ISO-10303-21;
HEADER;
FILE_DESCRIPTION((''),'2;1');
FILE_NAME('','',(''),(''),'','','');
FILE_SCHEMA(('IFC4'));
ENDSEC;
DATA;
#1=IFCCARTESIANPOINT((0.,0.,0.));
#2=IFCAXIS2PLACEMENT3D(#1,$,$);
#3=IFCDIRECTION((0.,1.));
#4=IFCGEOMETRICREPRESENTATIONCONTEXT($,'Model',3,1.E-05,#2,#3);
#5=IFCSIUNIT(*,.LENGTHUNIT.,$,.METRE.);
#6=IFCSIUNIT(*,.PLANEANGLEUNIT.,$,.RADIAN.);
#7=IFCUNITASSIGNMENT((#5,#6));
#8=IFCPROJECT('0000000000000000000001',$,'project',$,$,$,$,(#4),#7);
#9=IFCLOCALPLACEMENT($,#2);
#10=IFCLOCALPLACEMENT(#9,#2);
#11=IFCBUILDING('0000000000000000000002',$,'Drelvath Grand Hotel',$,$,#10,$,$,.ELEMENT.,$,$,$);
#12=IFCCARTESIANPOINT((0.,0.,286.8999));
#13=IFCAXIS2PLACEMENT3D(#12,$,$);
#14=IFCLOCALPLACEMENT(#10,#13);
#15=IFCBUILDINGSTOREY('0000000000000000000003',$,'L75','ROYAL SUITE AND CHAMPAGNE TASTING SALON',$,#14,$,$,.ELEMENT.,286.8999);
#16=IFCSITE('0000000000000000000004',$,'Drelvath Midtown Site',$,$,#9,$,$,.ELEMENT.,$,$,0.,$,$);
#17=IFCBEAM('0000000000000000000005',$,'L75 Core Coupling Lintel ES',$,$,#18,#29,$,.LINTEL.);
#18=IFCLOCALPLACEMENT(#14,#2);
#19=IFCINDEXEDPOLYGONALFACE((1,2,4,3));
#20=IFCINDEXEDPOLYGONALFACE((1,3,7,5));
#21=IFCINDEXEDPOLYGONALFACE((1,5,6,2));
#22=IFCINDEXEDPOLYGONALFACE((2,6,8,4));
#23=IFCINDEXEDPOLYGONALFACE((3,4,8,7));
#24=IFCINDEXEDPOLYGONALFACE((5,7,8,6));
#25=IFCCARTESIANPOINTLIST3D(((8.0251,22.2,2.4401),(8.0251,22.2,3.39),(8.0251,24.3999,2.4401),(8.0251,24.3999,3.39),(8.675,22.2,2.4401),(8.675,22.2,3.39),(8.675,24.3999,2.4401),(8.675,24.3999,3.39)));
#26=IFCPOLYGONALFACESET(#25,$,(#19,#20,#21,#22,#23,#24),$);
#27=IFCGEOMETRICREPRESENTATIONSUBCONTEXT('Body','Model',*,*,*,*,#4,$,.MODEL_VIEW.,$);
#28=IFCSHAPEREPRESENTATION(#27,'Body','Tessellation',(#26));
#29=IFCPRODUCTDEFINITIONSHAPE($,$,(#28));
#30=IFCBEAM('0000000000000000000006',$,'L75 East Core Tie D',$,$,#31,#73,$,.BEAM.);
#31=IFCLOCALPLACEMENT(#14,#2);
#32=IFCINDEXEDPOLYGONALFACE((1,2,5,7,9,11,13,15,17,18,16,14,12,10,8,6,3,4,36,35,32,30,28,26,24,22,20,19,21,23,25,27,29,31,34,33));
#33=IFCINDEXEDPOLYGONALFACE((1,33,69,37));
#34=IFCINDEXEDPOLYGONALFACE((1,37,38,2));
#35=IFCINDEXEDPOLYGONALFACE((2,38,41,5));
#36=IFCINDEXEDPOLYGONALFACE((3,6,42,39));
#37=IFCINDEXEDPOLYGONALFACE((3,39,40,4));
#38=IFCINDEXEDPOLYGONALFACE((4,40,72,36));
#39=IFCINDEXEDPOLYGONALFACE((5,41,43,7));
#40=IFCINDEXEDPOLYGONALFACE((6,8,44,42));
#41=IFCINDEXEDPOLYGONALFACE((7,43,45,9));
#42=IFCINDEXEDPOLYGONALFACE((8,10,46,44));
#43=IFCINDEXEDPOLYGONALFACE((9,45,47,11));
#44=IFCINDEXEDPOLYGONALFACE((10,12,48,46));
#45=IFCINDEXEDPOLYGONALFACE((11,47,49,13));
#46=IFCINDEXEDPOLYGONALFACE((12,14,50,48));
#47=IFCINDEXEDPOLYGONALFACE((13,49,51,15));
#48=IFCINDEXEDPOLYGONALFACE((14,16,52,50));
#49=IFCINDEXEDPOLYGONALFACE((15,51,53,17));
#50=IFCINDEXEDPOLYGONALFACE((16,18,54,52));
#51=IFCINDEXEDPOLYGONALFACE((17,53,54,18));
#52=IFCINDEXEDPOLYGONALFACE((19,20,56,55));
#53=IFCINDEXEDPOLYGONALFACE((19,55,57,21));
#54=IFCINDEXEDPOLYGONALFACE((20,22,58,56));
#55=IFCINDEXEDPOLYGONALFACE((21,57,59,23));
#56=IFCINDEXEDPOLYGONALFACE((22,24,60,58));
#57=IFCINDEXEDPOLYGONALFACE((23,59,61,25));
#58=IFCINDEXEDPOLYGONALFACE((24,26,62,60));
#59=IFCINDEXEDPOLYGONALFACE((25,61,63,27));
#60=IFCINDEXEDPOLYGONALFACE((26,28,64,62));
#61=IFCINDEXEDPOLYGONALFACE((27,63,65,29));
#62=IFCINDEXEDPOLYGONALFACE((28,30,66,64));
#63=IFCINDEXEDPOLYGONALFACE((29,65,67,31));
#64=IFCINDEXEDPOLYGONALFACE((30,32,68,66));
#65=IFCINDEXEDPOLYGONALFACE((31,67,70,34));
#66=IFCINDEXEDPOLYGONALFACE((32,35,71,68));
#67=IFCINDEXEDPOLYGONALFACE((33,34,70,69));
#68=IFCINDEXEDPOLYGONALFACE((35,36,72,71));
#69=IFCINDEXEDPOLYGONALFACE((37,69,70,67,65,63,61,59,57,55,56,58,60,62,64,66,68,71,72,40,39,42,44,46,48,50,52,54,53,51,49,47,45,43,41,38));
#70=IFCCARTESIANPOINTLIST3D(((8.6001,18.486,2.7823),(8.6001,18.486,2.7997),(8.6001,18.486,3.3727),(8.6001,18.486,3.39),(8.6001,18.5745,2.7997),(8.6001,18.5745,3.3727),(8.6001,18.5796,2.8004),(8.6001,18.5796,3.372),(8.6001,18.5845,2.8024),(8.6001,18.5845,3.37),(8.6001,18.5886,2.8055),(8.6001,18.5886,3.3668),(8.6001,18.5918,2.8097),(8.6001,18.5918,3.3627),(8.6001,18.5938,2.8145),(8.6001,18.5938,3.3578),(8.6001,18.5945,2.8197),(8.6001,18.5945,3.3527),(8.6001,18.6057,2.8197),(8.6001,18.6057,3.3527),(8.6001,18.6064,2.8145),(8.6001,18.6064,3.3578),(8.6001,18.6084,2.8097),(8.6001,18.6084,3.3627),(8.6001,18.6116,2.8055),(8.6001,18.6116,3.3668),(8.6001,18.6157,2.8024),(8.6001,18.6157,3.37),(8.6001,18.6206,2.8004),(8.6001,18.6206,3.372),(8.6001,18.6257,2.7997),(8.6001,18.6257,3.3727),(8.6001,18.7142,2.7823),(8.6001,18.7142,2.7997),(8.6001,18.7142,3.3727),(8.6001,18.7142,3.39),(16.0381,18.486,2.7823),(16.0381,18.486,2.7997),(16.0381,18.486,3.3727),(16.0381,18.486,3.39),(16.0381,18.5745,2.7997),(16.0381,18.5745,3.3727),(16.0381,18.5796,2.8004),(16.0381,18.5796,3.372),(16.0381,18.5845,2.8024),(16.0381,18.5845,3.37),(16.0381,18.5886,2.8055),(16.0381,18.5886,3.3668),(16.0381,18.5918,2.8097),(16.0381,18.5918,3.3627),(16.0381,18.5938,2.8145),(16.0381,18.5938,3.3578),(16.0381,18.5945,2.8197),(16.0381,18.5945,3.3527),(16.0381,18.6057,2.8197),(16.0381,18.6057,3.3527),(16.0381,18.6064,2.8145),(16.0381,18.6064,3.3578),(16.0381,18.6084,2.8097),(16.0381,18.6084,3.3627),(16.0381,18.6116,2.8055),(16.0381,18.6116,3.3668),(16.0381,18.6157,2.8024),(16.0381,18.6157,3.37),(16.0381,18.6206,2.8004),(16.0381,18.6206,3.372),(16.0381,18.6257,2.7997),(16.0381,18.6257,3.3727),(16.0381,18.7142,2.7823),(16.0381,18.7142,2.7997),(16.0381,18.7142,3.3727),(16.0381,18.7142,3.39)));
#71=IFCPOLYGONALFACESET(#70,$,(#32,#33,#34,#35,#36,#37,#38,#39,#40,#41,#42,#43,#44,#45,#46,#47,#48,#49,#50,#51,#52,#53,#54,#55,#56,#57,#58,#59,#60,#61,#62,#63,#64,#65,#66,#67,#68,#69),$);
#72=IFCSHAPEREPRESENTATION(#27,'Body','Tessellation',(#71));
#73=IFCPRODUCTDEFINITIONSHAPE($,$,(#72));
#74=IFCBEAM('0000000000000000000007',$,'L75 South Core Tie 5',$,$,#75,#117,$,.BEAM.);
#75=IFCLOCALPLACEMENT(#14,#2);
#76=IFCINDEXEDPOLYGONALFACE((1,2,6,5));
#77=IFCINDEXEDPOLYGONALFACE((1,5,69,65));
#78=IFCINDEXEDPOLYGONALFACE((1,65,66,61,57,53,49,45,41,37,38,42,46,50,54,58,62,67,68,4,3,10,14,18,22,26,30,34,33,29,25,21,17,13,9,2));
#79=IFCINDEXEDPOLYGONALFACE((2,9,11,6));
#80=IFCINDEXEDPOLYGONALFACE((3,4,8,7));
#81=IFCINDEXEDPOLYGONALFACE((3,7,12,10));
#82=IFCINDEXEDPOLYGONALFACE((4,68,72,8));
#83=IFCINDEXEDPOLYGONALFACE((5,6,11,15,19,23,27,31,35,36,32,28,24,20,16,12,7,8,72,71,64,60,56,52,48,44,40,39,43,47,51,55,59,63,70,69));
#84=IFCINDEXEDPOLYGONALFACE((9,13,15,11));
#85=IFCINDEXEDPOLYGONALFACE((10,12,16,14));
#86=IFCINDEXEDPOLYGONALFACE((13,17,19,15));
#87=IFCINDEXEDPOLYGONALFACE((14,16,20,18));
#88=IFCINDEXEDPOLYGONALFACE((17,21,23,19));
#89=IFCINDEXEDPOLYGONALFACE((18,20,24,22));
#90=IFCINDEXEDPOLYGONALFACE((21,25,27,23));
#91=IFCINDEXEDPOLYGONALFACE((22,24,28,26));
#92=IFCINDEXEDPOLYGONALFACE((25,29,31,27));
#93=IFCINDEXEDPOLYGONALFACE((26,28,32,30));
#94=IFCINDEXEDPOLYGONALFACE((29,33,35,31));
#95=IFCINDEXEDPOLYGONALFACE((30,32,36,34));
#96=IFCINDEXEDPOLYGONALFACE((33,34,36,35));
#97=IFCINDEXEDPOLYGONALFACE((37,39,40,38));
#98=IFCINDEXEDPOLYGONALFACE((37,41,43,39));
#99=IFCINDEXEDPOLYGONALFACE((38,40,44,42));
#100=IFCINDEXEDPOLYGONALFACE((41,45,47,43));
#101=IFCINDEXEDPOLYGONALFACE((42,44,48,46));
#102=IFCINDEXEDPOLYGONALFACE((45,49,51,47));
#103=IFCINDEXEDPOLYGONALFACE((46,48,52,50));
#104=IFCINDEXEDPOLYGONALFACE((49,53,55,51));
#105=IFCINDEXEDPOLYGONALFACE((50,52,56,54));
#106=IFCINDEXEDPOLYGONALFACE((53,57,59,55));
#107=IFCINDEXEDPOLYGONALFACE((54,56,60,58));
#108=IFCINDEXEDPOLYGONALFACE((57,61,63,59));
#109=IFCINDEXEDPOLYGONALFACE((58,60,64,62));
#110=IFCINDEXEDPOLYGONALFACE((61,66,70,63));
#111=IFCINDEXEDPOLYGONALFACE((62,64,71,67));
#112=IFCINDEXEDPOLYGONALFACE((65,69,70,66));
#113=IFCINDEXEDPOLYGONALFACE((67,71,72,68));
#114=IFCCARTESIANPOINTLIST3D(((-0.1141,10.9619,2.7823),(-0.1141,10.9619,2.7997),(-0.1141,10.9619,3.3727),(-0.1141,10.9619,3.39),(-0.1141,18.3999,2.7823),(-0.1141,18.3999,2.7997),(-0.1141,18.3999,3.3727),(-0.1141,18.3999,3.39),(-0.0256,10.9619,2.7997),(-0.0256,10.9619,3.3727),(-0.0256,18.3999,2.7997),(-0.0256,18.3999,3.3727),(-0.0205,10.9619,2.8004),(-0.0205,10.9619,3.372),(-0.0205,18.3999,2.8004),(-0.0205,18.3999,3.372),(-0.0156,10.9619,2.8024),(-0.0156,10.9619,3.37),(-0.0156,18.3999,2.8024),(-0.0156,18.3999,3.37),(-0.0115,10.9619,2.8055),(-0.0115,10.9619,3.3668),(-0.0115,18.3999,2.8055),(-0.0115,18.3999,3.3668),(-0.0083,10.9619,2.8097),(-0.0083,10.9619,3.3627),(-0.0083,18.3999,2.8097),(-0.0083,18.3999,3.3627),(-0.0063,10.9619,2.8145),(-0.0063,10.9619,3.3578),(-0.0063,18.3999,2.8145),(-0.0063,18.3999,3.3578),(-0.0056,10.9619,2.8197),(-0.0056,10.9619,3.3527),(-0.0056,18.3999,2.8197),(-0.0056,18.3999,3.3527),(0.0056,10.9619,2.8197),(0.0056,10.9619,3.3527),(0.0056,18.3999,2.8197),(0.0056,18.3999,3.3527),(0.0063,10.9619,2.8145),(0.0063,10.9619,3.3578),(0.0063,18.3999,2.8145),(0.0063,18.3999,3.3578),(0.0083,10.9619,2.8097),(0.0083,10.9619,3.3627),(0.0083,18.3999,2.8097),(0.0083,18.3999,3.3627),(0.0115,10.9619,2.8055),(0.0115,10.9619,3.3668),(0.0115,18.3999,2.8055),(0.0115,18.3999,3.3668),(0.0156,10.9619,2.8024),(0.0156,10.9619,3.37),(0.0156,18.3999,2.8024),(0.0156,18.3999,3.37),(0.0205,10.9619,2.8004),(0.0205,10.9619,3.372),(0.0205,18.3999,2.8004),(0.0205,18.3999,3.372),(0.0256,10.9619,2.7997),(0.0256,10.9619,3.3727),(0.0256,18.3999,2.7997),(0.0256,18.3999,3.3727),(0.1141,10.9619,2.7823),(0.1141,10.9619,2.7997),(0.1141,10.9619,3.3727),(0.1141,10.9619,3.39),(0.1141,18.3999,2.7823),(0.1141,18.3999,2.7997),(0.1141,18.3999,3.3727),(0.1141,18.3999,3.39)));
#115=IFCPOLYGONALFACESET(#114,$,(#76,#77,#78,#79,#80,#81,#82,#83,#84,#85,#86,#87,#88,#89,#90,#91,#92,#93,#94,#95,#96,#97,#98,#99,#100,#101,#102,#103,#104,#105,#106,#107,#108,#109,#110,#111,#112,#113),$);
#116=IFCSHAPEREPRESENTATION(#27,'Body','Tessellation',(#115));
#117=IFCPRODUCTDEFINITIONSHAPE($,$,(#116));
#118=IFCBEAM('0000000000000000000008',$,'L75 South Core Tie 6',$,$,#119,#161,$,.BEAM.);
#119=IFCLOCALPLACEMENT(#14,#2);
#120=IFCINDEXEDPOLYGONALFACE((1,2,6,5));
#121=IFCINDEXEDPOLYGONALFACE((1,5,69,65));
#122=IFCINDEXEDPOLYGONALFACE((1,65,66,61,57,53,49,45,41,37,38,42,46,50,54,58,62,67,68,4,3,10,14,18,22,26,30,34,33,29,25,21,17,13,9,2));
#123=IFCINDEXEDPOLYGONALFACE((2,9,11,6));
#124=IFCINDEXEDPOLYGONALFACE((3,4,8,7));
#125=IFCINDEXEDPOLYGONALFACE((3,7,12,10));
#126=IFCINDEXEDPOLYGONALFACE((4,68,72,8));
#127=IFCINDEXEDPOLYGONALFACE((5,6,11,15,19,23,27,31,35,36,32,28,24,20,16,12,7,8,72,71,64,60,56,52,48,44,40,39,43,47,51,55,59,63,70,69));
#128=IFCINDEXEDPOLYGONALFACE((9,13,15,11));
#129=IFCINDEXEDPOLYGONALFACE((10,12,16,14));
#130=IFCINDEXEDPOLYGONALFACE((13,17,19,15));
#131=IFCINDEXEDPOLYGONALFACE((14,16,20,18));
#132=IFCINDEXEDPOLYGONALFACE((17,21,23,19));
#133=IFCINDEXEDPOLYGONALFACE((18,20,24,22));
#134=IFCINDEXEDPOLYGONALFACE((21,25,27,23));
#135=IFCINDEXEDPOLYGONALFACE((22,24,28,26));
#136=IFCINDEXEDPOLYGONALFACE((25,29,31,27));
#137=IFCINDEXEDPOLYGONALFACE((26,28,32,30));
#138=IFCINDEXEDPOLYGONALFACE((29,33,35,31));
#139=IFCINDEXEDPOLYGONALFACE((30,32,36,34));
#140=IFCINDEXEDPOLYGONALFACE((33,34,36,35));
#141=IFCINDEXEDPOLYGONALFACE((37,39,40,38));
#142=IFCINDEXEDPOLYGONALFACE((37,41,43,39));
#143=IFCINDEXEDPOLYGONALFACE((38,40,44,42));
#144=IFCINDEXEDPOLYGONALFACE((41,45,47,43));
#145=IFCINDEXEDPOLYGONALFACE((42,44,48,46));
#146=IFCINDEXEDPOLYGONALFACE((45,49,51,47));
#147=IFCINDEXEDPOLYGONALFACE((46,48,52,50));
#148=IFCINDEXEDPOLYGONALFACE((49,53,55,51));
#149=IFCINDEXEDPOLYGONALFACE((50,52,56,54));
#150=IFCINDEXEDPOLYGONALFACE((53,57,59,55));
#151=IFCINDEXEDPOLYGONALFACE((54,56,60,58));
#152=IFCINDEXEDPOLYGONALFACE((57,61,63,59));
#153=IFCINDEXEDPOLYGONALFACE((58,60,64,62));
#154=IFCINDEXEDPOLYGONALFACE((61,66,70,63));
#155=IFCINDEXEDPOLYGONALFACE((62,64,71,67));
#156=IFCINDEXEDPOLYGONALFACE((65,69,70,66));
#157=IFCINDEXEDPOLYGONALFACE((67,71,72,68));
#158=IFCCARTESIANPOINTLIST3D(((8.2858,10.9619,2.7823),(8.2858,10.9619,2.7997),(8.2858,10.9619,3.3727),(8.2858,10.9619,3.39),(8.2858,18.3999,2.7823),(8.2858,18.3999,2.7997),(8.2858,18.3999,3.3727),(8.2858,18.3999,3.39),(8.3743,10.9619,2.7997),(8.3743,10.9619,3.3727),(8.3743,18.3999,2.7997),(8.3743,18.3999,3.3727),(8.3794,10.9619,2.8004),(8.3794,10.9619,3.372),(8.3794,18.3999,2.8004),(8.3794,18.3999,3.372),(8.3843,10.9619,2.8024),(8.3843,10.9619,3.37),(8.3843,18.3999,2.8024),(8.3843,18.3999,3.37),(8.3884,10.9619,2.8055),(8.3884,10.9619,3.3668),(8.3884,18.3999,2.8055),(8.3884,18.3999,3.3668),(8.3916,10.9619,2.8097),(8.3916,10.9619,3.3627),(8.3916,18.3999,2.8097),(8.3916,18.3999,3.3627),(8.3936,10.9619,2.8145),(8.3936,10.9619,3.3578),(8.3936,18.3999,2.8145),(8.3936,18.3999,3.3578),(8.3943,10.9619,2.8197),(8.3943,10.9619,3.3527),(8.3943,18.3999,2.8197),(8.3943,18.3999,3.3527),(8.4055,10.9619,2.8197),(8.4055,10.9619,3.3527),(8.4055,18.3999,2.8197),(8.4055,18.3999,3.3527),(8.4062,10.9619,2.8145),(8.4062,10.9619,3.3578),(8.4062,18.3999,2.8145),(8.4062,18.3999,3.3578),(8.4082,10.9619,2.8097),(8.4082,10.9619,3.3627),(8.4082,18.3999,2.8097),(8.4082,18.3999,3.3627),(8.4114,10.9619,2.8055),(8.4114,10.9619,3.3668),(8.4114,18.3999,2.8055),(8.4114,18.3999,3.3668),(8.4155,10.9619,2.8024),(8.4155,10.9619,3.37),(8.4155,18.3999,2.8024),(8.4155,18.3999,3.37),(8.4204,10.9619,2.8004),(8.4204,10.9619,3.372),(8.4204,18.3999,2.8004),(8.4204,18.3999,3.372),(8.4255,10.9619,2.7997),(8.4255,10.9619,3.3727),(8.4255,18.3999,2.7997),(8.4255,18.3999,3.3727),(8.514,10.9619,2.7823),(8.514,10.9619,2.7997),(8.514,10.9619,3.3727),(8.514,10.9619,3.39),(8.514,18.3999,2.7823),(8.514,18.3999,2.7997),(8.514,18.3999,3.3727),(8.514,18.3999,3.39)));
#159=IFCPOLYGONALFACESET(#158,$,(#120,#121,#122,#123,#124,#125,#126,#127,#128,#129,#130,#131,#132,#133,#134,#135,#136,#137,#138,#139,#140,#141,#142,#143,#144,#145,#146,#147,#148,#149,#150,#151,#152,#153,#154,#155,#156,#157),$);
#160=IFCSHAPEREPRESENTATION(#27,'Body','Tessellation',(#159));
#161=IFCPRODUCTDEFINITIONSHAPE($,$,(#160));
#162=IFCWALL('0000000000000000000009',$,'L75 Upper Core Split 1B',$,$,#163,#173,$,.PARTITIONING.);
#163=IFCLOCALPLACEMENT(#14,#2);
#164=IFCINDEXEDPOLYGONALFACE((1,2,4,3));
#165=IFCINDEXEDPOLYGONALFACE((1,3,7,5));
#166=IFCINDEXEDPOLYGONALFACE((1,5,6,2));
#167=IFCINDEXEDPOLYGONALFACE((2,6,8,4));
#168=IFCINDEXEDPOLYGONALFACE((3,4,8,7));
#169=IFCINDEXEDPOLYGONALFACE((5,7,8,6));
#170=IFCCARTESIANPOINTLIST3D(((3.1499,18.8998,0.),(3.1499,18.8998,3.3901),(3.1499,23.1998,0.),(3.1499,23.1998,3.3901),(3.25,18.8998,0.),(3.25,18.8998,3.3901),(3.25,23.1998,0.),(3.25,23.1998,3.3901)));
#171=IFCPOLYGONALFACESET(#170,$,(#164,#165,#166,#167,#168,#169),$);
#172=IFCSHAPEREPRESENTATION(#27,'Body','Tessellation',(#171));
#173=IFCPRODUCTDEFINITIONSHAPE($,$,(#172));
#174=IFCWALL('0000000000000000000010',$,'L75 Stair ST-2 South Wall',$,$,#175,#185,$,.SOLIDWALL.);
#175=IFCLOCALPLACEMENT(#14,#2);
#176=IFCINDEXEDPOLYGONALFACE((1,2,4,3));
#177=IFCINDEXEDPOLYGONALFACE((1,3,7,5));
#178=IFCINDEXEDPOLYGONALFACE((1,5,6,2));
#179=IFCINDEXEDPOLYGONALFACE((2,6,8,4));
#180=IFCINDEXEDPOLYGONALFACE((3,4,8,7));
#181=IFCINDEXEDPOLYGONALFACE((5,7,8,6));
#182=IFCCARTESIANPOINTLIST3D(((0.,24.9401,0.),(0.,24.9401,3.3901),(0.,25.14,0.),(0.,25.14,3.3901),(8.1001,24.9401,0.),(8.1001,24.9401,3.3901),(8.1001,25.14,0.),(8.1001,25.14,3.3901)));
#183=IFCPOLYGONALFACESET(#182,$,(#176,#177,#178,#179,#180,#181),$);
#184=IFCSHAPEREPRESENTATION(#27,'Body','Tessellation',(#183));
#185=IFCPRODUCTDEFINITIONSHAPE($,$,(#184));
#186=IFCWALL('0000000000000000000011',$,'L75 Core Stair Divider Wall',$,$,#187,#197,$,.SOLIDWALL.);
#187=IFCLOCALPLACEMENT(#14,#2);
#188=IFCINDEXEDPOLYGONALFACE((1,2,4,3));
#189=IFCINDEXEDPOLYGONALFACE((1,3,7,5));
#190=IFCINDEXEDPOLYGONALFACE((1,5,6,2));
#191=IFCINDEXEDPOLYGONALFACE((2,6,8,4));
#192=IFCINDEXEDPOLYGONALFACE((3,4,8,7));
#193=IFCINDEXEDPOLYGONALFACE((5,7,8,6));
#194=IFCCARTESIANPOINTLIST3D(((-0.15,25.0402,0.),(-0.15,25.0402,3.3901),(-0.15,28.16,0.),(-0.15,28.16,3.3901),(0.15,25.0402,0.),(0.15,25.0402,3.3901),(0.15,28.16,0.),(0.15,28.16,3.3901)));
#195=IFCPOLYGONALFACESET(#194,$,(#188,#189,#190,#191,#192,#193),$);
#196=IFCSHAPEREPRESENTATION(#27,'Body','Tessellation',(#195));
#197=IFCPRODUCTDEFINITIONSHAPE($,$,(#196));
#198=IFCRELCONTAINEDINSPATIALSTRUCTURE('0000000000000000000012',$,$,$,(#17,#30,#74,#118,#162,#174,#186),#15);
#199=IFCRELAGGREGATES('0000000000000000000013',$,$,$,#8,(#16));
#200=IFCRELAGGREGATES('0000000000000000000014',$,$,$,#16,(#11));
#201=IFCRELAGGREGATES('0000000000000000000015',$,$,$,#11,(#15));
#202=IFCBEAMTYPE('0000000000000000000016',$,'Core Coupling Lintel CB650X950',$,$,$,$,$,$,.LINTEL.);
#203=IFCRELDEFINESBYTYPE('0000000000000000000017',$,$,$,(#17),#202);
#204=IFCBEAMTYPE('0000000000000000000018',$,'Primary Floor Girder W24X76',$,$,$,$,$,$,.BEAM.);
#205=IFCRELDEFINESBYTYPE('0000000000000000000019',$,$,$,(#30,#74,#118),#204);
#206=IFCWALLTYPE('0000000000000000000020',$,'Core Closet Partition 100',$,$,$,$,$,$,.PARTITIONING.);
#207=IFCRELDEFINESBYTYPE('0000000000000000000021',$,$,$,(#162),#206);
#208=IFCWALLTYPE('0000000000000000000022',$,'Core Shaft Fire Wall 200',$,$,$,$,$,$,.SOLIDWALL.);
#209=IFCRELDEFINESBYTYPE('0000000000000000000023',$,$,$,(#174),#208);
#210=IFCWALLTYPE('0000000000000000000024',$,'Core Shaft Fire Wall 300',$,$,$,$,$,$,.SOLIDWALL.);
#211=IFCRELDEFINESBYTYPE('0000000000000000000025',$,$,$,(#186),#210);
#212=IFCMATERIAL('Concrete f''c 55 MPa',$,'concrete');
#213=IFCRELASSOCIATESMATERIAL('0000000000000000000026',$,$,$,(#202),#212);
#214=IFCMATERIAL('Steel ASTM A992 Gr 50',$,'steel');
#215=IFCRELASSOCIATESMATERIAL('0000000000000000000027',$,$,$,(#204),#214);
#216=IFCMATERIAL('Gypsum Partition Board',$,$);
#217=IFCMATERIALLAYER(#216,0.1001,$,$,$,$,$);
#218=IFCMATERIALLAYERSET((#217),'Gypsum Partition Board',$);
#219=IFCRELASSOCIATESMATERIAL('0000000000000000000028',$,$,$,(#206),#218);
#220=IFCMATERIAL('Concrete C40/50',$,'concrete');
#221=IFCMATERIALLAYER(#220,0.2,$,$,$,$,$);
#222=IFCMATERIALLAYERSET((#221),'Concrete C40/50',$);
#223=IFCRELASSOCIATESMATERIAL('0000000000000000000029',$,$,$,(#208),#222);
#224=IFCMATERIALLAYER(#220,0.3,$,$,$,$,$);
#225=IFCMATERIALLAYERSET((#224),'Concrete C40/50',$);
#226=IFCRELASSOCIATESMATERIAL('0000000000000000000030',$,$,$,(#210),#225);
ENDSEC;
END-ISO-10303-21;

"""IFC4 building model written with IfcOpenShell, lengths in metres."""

from ifc_helpers import new_model, si_unit, direction, frame, frame_2d, origin, origin_2d, place, context, subcontext, project, spatial, rectangle, i_section, extrude, material, layer, layer_set, material_profile, profile_set, type_object, element, save


model = new_model("IFC4")

# Units and contexts
model_context = context("Model", 3, precision=1e-05, world=origin(), true_north=direction((0.0, 1.0)))
body_context = subcontext(model_context, "Body", "Model", "MODEL_VIEW")
ifc_project = project(units=[si_unit("LENGTHUNIT", "METRE"), si_unit("PLANEANGLEUNIT", "RADIAN")], contexts=[model_context])

# Site, building, storey
site_placement = place(None, origin())
site = spatial("IfcSite", under=ifc_project, at=site_placement, Name="Drelvath Midtown Site", CompositionType="ELEMENT", RefElevation=0.0)
building_placement = place(site_placement, origin())
building = spatial("IfcBuilding", under=site, at=building_placement, Name="Drelvath Grand Hotel", CompositionType="ELEMENT")
storey_placement = place(building_placement, frame((0.0, 0.0, 286.8999)))
storey = spatial("IfcBuildingStorey", under=building, at=storey_placement, Name="L75", Description="ROYAL SUITE AND CHAMPAGNE TASTING SALON", CompositionType="ELEMENT", Elevation=286.8999)

# Beams
ifc_material_1 = material(Name="Concrete f'c 55 MPa", Category="concrete")
ifc_material_profile_1 = material_profile(ifc_material_1, rectangle(XDim=0.6499, YDim=0.95, at=origin_2d()), Name="CB650X950")
ifc_profile_set_1 = profile_set([ifc_material_profile_1], Name="Concrete f'c 55 MPa")
beam_type_1 = type_object("IfcBeamType", Name="Core Coupling Lintel CB650X950", PredefinedType="LINTEL", material=ifc_profile_set_1)
beam_placement = place(storey_placement, frame((8.3501, 22.2, 2.915), z_axis=(0.0, 1.0, 0.0), x_axis=(-1.0, 0.0, 0.0)))
element("IfcBeam", 1, at=beam_placement, inside=storey, type_object=beam_type_1, Name="L75 Core Coupling Lintel ES", PredefinedType="LINTEL", context=body_context, shape_type="SweptSolid", body=[
    extrude(rectangle(XDim=0.6499, YDim=0.95, at=origin_2d()), origin(), (0.0, 0.0, 1.0), 2.2),
])
ifc_material_2 = material(Name="Steel ASTM A992 Gr 50", Category="steel")
ifc_material_profile_2 = material_profile(ifc_material_2, i_section(OverallWidth=0.2283, OverallDepth=0.6077, WebThickness=0.0112, FlangeThickness=0.0173, FilletRadius=0.02, at=origin_2d()), Name="W24X76")
ifc_profile_set_2 = profile_set([ifc_material_profile_2], Name="Steel ASTM A992 Gr 50")
beam_type_2 = type_object("IfcBeamType", Name="Primary Floor Girder W24X76", PredefinedType="BEAM", material=ifc_profile_set_2)
for number, where, z_axis, x_axis, name in (
    (2, (8.6001, 18.6001, 3.0862), (1.0, 0.0, 0.0), (0.0, 1.0, 0.0), "L75 East Core Tie D"),
    (3, (0.0, 10.9619, 3.0862), (0.0, 1.0, 0.0), (-1.0, 0.0, 0.0), "L75 South Core Tie 5"),
    (4, (8.3999, 10.9619, 3.0862), (0.0, 1.0, 0.0), (-1.0, 0.0, 0.0), "L75 South Core Tie 6"),
):
    element("IfcBeam", number, at=place(storey_placement, frame(where, z_axis=z_axis, x_axis=x_axis)), inside=storey, type_object=beam_type_2, Name=name, PredefinedType="BEAM", context=body_context, shape_type="SweptSolid", body=[
        extrude(i_section(OverallWidth=0.2283, OverallDepth=0.6077, WebThickness=0.0112, FlangeThickness=0.0173, FilletRadius=0.02, at=origin_2d()), origin(), (0.0, 0.0, 1.0), 7.438),
    ])

# Walls
ifc_material_3 = material(Name="Gypsum Partition Board")
ifc_layer_1 = layer(ifc_material_3, 0.1001)
ifc_layer_set_1 = layer_set([ifc_layer_1], Name="Gypsum Partition Board")
wall_type_1 = type_object("IfcWallType", Name="Core Closet Partition 100", PredefinedType="PARTITIONING", material=ifc_layer_set_1)
wall_1_placement = place(storey_placement, frame((3.2, 18.8999, 0.0), z_axis=(0.0, 0.0, 1.0), x_axis=(0.0, 1.0, 0.0)))
element("IfcWall", 5, at=wall_1_placement, inside=storey, type_object=wall_type_1, Name="L75 Upper Core Split 1B", PredefinedType="PARTITIONING", context=body_context, shape_type="SweptSolid", body=[
    extrude(rectangle(XDim=4.3, YDim=0.1001, at=frame_2d((2.1499, 0.0))), origin(), (0.0, 0.0, 1.0), 3.3901),
])
ifc_material_4 = material(Name="Concrete C40/50", Category="concrete")
ifc_layer_2 = layer(ifc_material_4, 0.2)
ifc_layer_set_2 = layer_set([ifc_layer_2], Name="Concrete C40/50")
wall_type_2 = type_object("IfcWallType", Name="Core Shaft Fire Wall 200", PredefinedType="SOLIDWALL", material=ifc_layer_set_2)
wall_2_placement = place(storey_placement, frame((0.0, 25.04, 0.0), z_axis=(0.0, 0.0, 1.0), x_axis=(1.0, 0.0, 0.0)))
element("IfcWall", 6, at=wall_2_placement, inside=storey, type_object=wall_type_2, Name="L75 Stair ST-2 South Wall", PredefinedType="SOLIDWALL", context=body_context, shape_type="SweptSolid", body=[
    extrude(rectangle(XDim=8.1001, YDim=0.2, at=frame_2d((4.05, 0.0))), origin(), (0.0, 0.0, 1.0), 3.3901),
])
ifc_layer_3 = layer(ifc_material_4, 0.3)
ifc_layer_set_3 = layer_set([ifc_layer_3], Name="Concrete C40/50")
wall_type_3 = type_object("IfcWallType", Name="Core Shaft Fire Wall 300", PredefinedType="SOLIDWALL", material=ifc_layer_set_3)
wall_3_placement = place(storey_placement, frame((0.0, 25.04, 0.0), z_axis=(0.0, 0.0, 1.0), x_axis=(0.0, 1.0, 0.0)))
element("IfcWall", 7, at=wall_3_placement, inside=storey, type_object=wall_type_3, Name="L75 Core Stair Divider Wall", PredefinedType="SOLIDWALL", context=body_context, shape_type="SweptSolid", body=[
    extrude(rectangle(XDim=3.1199, YDim=0.3, at=frame_2d((1.5601, 0.0))), origin(), (0.0, 0.0, 1.0), 3.3901),
])

save(model, "model.ifc")
